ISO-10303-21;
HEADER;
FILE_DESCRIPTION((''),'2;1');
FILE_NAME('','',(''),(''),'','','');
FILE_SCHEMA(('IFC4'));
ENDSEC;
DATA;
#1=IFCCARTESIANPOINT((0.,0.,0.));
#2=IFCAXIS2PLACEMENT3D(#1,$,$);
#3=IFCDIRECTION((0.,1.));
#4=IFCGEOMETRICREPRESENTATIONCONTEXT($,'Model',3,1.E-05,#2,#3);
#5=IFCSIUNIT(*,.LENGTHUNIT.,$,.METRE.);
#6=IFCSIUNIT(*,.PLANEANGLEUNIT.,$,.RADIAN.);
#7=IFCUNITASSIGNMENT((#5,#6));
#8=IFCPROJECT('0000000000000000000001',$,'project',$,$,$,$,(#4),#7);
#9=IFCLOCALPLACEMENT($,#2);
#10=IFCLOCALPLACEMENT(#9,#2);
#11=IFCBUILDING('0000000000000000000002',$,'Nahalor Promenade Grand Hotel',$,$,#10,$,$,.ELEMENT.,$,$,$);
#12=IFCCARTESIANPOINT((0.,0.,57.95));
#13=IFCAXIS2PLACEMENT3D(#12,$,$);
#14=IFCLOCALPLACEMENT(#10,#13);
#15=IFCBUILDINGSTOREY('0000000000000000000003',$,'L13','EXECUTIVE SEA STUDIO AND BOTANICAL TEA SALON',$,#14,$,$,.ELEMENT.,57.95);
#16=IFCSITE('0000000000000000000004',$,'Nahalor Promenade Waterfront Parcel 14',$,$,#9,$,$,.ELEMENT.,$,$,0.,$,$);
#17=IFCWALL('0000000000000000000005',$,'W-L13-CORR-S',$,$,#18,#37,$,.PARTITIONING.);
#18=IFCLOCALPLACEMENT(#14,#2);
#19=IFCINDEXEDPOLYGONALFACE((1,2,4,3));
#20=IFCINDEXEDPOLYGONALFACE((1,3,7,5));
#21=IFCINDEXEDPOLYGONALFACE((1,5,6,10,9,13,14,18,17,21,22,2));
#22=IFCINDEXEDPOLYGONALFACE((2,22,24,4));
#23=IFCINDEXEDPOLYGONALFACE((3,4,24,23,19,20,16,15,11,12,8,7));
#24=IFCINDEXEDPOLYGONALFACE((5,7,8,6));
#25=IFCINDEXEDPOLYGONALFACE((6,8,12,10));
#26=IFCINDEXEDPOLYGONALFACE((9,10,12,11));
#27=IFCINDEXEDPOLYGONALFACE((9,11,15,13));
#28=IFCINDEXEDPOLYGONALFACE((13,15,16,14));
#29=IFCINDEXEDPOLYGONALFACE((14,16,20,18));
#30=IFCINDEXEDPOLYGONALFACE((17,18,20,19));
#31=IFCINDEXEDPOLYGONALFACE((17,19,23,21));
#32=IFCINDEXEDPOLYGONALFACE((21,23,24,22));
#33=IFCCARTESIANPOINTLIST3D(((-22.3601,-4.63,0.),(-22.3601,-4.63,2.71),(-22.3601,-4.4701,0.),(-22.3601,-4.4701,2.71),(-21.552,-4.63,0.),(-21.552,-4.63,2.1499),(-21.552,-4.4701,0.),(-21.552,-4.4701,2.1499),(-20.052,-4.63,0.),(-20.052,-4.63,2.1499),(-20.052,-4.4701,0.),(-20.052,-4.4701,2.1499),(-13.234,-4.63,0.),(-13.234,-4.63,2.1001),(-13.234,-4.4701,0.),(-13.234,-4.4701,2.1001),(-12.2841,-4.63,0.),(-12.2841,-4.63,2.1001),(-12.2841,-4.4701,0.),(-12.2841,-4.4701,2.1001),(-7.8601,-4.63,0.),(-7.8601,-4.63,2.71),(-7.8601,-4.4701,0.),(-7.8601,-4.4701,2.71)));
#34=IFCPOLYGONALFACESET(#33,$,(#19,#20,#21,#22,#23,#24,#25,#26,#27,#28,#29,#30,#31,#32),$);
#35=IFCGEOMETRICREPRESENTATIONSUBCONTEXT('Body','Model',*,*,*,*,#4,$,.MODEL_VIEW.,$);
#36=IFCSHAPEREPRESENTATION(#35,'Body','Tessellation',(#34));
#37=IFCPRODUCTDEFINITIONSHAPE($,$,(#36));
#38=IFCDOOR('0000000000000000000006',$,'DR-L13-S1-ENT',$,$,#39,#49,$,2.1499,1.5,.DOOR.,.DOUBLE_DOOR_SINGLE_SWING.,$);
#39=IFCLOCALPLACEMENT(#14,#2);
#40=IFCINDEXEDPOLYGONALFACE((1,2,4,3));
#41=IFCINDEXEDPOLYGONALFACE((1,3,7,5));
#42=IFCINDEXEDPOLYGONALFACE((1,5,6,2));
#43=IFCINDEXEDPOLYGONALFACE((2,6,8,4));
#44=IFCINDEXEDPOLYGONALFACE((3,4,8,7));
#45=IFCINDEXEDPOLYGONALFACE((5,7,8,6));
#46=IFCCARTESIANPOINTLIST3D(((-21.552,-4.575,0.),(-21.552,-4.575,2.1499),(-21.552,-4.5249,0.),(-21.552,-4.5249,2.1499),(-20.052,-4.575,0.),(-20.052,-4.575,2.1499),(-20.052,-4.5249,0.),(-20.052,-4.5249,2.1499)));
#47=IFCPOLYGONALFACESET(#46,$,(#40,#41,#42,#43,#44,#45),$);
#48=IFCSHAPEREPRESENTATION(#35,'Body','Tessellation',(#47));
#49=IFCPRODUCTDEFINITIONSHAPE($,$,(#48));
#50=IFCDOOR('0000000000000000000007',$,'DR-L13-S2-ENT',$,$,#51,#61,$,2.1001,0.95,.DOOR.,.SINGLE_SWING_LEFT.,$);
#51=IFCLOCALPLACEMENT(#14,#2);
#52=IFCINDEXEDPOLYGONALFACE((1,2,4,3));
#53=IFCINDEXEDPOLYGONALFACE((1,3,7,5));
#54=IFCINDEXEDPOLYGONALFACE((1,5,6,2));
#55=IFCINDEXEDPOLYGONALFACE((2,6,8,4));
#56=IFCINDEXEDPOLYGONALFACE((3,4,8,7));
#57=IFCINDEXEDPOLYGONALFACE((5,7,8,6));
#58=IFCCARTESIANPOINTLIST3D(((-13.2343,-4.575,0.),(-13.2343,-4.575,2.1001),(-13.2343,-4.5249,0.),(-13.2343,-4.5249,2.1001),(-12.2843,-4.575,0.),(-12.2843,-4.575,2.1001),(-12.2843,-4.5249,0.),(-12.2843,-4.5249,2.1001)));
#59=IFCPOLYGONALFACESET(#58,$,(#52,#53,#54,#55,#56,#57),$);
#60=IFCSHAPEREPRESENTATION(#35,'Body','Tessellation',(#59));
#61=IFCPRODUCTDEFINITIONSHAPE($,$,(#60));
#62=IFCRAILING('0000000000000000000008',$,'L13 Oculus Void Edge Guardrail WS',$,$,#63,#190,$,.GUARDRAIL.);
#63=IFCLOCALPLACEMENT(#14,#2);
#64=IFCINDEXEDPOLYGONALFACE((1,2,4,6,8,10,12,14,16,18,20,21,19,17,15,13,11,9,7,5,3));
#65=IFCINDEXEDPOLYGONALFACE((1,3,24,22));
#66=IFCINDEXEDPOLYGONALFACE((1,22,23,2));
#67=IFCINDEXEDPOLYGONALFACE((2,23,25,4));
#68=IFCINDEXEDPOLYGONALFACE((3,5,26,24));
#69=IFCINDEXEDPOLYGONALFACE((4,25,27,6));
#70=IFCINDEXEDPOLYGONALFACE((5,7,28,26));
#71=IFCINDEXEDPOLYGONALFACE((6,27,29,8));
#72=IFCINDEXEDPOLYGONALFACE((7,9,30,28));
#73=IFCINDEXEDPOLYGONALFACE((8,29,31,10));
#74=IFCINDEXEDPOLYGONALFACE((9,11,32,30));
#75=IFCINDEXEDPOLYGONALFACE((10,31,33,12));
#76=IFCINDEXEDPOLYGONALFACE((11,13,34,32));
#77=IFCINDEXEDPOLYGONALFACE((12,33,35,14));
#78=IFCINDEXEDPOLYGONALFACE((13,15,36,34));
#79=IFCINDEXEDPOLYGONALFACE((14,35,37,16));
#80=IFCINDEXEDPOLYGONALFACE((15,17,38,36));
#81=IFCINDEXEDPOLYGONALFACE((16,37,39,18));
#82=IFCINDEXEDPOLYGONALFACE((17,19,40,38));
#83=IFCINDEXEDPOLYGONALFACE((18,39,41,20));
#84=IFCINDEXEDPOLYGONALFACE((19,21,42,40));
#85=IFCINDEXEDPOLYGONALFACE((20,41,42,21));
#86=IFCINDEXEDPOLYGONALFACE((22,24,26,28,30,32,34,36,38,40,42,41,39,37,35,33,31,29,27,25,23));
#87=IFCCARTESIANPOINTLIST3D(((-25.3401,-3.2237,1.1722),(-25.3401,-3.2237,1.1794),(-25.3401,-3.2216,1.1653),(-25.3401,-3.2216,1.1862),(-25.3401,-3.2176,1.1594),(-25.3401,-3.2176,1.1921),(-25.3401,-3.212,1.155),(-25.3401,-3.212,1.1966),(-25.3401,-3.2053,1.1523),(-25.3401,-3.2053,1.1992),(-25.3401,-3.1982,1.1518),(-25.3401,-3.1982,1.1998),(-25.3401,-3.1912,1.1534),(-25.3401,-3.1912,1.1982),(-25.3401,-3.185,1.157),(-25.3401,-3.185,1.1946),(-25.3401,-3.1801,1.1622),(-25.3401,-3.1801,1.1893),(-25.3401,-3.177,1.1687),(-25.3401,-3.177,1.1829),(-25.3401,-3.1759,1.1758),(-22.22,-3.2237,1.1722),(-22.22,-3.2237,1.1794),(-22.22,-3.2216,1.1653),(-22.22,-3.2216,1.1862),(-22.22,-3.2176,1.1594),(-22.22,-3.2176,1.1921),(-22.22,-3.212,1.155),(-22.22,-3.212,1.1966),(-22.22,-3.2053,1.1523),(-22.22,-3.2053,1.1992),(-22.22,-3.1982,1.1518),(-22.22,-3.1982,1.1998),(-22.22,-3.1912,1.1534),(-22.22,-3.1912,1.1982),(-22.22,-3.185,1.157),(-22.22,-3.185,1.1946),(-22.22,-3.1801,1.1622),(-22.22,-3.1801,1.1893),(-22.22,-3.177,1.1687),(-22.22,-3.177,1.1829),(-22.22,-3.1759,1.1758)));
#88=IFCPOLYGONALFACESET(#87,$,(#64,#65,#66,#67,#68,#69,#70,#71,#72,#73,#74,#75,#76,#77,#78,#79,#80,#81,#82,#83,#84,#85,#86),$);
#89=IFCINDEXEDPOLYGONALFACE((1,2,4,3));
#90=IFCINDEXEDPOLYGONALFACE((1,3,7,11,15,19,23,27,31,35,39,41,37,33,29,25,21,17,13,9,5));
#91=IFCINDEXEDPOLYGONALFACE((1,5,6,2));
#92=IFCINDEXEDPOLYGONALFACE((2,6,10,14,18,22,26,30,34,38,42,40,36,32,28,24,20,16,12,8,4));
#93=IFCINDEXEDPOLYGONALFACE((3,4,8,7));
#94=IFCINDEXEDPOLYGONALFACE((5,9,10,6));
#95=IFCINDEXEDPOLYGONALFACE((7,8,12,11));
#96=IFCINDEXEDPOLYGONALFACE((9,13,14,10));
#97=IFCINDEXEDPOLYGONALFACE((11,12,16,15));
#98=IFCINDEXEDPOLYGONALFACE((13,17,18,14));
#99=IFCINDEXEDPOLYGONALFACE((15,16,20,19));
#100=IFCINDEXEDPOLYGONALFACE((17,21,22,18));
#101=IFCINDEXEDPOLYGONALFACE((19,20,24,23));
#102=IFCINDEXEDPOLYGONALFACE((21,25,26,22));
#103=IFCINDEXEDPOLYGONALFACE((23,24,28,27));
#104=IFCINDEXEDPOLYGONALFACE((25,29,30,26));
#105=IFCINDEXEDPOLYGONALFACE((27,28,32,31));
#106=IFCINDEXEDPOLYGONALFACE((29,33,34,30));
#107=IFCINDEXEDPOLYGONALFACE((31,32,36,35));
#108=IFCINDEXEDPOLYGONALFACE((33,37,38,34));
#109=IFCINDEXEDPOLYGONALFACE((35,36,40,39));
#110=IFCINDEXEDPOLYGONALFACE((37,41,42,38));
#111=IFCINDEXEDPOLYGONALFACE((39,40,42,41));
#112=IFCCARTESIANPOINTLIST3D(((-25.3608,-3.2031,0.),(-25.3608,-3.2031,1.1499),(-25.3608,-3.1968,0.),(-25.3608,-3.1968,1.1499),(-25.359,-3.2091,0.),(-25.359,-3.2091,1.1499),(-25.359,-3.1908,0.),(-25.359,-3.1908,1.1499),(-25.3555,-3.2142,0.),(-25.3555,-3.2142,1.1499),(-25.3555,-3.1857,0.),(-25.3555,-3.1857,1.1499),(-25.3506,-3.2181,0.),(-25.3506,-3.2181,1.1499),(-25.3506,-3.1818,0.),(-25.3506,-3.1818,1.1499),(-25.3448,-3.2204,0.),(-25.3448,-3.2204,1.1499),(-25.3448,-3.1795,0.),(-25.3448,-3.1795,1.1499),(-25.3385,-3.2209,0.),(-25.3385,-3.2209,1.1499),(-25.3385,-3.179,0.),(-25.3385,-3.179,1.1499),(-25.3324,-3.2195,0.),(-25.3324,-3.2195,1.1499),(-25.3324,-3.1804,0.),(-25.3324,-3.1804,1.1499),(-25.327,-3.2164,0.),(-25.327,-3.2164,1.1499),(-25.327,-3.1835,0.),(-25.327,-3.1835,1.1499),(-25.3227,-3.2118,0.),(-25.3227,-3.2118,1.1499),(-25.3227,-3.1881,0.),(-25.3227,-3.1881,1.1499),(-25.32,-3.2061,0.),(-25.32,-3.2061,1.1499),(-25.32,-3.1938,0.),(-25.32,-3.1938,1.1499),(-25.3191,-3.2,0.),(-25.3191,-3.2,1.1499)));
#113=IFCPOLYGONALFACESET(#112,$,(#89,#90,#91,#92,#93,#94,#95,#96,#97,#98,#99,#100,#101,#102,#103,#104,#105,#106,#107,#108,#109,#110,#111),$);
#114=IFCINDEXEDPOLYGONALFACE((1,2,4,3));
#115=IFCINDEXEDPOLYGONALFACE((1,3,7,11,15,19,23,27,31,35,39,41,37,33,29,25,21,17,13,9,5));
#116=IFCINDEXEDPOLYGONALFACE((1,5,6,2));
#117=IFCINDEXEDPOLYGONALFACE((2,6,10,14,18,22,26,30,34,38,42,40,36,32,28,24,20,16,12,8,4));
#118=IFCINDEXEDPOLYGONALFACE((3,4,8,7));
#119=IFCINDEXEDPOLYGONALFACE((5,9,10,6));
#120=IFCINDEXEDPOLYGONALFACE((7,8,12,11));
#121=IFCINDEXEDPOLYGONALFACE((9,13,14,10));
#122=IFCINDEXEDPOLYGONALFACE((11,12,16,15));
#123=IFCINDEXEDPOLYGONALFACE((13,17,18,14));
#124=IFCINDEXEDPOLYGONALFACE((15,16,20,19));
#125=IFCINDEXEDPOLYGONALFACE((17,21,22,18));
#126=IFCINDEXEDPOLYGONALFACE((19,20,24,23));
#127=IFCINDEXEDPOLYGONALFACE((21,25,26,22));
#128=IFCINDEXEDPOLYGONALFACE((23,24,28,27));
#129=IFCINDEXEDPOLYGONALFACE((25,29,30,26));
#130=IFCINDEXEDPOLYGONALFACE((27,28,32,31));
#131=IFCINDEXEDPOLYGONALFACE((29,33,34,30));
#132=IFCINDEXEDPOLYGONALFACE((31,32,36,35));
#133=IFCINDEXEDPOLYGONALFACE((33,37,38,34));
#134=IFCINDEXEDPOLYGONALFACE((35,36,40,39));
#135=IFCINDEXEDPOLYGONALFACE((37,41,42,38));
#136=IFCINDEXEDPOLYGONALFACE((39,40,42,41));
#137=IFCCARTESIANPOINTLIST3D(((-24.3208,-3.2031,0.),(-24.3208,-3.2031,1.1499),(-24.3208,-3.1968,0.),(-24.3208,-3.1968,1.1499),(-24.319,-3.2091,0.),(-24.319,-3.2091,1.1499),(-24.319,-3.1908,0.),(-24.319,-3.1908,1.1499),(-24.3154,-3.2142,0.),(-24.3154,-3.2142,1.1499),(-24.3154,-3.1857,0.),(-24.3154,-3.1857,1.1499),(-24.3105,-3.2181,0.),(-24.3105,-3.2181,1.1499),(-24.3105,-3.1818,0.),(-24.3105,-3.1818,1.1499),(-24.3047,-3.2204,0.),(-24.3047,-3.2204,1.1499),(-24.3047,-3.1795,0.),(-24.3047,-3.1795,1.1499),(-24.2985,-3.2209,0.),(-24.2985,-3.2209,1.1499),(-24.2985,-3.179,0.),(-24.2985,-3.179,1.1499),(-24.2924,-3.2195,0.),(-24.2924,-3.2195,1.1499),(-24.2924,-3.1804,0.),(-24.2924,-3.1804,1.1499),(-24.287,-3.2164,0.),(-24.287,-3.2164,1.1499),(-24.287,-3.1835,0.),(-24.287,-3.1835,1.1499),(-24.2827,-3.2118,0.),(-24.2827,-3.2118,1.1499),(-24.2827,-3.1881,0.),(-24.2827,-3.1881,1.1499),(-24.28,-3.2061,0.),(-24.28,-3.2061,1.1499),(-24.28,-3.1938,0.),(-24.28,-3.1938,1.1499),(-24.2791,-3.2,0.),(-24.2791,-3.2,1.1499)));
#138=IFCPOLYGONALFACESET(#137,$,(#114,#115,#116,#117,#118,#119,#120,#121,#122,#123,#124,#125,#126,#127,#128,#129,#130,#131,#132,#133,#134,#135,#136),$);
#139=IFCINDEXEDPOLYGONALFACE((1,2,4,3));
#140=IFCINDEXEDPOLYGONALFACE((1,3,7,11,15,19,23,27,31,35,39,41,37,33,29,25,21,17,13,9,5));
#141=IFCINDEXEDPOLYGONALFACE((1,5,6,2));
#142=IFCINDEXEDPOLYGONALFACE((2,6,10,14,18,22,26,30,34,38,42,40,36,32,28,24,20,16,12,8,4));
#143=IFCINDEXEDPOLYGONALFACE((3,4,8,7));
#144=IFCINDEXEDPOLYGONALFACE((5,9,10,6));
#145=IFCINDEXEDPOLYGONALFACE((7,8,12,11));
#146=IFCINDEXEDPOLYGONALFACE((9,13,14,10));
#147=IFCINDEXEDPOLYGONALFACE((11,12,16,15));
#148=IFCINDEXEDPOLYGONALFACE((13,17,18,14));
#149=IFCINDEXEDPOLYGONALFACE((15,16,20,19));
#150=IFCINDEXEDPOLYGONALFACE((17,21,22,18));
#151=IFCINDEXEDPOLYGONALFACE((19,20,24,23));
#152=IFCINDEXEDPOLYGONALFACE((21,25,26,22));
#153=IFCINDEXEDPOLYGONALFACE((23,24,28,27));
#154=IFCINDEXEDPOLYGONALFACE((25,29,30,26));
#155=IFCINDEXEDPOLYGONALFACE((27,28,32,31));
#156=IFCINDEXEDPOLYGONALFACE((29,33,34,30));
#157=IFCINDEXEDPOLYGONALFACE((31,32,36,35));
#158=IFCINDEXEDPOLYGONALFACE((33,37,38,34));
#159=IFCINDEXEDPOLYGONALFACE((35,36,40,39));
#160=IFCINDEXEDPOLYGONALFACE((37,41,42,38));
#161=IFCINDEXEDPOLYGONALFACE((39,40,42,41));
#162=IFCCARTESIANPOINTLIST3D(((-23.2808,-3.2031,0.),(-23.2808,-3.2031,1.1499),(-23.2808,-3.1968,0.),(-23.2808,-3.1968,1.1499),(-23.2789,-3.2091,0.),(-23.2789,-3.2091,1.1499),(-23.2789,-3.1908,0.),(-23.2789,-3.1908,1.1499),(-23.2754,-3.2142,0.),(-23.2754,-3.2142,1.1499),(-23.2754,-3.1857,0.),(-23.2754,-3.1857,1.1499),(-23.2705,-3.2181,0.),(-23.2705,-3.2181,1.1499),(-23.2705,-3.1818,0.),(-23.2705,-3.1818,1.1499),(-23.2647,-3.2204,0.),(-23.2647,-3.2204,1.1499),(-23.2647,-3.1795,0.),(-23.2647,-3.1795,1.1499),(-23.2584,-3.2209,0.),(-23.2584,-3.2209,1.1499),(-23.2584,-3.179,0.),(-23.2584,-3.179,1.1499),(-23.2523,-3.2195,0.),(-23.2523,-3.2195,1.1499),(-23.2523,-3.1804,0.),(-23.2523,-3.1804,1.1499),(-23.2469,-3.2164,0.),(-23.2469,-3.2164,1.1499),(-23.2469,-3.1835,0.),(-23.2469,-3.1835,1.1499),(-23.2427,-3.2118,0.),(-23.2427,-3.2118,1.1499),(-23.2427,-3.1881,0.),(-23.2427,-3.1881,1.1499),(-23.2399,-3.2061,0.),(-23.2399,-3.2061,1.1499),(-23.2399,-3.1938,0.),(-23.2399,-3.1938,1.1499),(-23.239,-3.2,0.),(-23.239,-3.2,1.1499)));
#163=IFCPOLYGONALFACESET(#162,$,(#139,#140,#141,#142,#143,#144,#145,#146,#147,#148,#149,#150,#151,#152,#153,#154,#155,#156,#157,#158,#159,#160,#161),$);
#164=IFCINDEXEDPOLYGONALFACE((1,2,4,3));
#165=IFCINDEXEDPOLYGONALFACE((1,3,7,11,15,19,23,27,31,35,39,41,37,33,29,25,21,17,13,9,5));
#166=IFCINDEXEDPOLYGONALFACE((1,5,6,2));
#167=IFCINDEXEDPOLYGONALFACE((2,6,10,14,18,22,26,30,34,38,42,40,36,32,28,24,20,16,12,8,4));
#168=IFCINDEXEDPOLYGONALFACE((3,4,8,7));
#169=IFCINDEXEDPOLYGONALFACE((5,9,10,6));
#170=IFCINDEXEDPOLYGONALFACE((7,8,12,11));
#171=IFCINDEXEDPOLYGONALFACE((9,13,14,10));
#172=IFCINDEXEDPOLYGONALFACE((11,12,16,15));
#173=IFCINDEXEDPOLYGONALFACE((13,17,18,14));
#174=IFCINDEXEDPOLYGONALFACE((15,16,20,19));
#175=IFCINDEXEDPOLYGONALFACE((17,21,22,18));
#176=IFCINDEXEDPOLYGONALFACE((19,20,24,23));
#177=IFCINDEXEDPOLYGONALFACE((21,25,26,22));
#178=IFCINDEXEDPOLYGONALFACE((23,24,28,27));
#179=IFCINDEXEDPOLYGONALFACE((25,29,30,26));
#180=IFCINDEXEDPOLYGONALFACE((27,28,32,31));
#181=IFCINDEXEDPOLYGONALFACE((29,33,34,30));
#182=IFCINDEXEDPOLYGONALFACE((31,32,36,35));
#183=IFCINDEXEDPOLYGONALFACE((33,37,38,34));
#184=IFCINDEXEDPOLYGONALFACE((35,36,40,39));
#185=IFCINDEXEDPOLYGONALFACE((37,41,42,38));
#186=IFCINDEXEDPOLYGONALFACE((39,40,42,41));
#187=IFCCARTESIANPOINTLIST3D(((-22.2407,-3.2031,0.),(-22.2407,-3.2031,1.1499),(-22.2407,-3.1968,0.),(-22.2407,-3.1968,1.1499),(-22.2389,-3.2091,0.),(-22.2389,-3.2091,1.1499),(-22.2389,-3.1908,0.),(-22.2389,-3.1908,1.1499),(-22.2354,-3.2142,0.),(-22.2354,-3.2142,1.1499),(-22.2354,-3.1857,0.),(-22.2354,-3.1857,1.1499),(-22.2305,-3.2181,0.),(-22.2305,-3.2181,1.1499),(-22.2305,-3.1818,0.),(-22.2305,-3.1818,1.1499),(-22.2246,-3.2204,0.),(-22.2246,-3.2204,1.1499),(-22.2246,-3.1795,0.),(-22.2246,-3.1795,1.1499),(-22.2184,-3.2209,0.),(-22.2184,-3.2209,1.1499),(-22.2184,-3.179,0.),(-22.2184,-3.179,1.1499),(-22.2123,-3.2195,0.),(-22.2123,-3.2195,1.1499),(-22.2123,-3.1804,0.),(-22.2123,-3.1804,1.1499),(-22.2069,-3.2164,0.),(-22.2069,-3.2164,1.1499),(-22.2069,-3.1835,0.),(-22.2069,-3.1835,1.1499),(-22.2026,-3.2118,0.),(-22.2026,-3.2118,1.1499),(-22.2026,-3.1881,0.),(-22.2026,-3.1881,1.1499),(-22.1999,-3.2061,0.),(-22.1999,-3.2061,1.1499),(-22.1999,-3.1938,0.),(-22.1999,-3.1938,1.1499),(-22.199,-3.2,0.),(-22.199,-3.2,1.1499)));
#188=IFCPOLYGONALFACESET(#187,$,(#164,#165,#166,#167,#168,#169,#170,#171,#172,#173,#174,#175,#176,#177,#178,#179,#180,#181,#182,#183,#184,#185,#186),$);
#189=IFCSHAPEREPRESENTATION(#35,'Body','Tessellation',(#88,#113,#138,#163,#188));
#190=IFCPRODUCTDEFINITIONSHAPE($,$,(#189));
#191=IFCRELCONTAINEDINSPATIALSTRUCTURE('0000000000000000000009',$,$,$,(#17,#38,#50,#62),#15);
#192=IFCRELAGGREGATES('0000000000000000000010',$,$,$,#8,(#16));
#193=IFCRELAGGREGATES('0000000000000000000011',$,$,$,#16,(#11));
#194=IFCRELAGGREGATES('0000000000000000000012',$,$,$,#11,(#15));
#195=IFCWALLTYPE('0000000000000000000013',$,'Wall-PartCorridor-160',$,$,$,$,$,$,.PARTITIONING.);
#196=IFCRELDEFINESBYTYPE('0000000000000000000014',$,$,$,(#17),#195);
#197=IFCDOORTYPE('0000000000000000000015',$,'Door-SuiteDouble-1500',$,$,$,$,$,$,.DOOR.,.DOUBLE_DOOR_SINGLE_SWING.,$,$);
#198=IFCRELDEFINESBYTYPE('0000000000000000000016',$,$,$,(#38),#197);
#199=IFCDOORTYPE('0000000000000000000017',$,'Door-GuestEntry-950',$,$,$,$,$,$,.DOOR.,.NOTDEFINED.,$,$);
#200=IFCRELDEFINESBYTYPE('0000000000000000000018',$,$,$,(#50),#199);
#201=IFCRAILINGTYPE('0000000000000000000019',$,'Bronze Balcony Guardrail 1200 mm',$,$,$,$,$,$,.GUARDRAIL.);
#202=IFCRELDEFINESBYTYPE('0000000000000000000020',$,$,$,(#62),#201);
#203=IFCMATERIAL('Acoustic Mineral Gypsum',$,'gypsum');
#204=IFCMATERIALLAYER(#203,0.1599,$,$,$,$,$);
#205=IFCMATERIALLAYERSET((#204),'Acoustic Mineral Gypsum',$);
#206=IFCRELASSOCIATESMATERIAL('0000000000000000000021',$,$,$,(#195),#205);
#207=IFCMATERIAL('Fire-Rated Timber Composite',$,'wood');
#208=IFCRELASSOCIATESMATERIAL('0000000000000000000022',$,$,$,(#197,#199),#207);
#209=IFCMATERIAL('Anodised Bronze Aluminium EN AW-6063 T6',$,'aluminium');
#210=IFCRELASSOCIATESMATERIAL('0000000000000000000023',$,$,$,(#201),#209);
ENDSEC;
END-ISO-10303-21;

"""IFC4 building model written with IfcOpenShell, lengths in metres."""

from ifc_helpers import new_model, si_unit, direction, frame, frame_2d, origin, origin_2d, place, context, subcontext, project, spatial, rectangle, circle, extrude, source, transform, mapped, material, layer, layer_set, type_object, element, fill, save


model = new_model("IFC4")

# Units and contexts
model_context = context("Model", 3, precision=1e-05, world=origin(), true_north=direction((0.0, 1.0)))
body_context = subcontext(model_context, "Body", "Model", "MODEL_VIEW")
ifc_project = project(units=[si_unit("LENGTHUNIT", "METRE"), si_unit("PLANEANGLEUNIT", "RADIAN")], contexts=[model_context])

# Site, building, storey
site_placement = place(None, origin())
site = spatial("IfcSite", under=ifc_project, at=site_placement, Name="Nahalor Promenade Waterfront Parcel 14", CompositionType="ELEMENT", RefElevation=0.0)
building_placement = place(site_placement, origin())
building = spatial("IfcBuilding", under=site, at=building_placement, Name="Nahalor Promenade Grand Hotel", CompositionType="ELEMENT")
storey_placement = place(building_placement, frame((0.0, 0.0, 57.95)))
storey = spatial("IfcBuildingStorey", under=building, at=storey_placement, Name="L13", Description="EXECUTIVE SEA STUDIO AND BOTANICAL TEA SALON", CompositionType="ELEMENT", Elevation=57.95)

# Shared definitions
ifc_material_1 = material(Name="Anodised Bronze Aluminium EN AW-6063 T6", Category="aluminium")

# Wall, openings, doors
ifc_material_2 = material(Name="Acoustic Mineral Gypsum", Category="gypsum")
ifc_layer_1 = layer(ifc_material_2, 0.1599)
ifc_layer_set_1 = layer_set([ifc_layer_1], Name="Acoustic Mineral Gypsum")
wall_type = type_object("IfcWallType", Name="Wall-PartCorridor-160", PredefinedType="PARTITIONING", material=ifc_layer_set_1)
shared_shape_1 = source(origin(), body_context, "Body", "SweptSolid", [
    extrude(rectangle(XDim=14.5, YDim=0.1599, at=frame_2d((7.25, 0.0))), origin(), (0.0, 0.0, 1.0), 2.71),
])
wall_placement = place(storey_placement, frame((-22.3601, -4.55, 0.0), z_axis=(0.0, 0.0, 1.0), x_axis=(1.0, 0.0, 0.0)))
wall = element("IfcWall", 1, at=wall_placement, inside=storey, type_object=wall_type, Name="W-L13-CORR-S", PredefinedType="PARTITIONING", context=body_context, shape_type="MappedRepresentation", body=[
    mapped(shared_shape_1, transform((0.0, 0.0, 0.0), scale=1.0)),
])
opening_1_placement = place(wall_placement, frame((0.8081, 0.0, 0.0)))
opening_1 = element("IfcOpeningElement", 2, at=opening_1_placement, cuts=wall, PredefinedType="OPENING", context=body_context, shape_type="SweptSolid", body=[
    extrude(rectangle(XDim=1.5, YDim=2.1499, at=frame_2d((0.75, 1.075))), frame((0.0, 0.0898, 0.0), z_axis=(0.0, -1.0, 0.0), x_axis=(1.0, 0.0, 0.0)), (0.0, 0.0, 1.0), 0.1799),
])
opening_2_placement = place(wall_placement, frame((9.126, 0.0, 0.0)))
opening_2 = element("IfcOpeningElement", 3, at=opening_2_placement, cuts=wall, PredefinedType="OPENING", context=body_context, shape_type="SweptSolid", body=[
    extrude(rectangle(XDim=0.95, YDim=2.1001, at=frame_2d((0.4751, 1.05))), frame((0.0, 0.0898, 0.0), z_axis=(0.0, -1.0, 0.0), x_axis=(1.0, 0.0, 0.0)), (0.0, 0.0, 1.0), 0.1799),
])
ifc_material_3 = material(Name="Fire-Rated Timber Composite", Category="wood")
door_type_1 = type_object("IfcDoorType", Name="Door-SuiteDouble-1500", OperationType="DOUBLE_DOOR_SINGLE_SWING", PredefinedType="DOOR", material=ifc_material_3)
shared_shape_2 = source(origin(), body_context, "Body", "SweptSolid", [
    extrude(rectangle(XDim=1.5, YDim=2.1499, at=frame_2d((0.75, 1.075))), frame((0.0, 0.0249, 0.0), z_axis=(0.0, -1.0, 0.0), x_axis=(1.0, 0.0, 0.0)), (0.0, 0.0, 1.0), 0.05),
])
door_1_placement = place(opening_1_placement, frame((1.5, 0.0, 0.0), z_axis=(0.0, 0.0, 1.0), x_axis=(-1.0, 0.0, 0.0)))
door_1 = element("IfcDoor", 4, at=door_1_placement, inside=storey, type_object=door_type_1, Name="DR-L13-S1-ENT", OperationType="DOUBLE_DOOR_SINGLE_SWING", OverallHeight=2.1499, OverallWidth=1.5, PredefinedType="DOOR", context=body_context, shape_type="MappedRepresentation", body=[
    mapped(shared_shape_2, transform((0.0, 0.0, 0.0), scale=1.0)),
])
fill(opening_1, door_1)
door_type_2 = type_object("IfcDoorType", Name="Door-GuestEntry-950", OperationType="NOTDEFINED", PredefinedType="DOOR", material=ifc_material_3)
shared_shape_3 = source(origin(), body_context, "Body", "SweptSolid", [
    extrude(rectangle(XDim=0.95, YDim=2.1001, at=frame_2d((0.4751, 1.05))), frame((0.0, 0.0249, 0.0), z_axis=(0.0, -1.0, 0.0), x_axis=(1.0, 0.0, 0.0)), (0.0, 0.0, 1.0), 0.05),
])
door_2_placement = place(opening_2_placement, frame((0.95, 0.0, 0.0), z_axis=(0.0, 0.0, 1.0), x_axis=(-1.0, 0.0, 0.0)))
door_2 = element("IfcDoor", 5, at=door_2_placement, inside=storey, type_object=door_type_2, Name="DR-L13-S2-ENT", OperationType="SINGLE_SWING_LEFT", OverallHeight=2.1001, OverallWidth=0.95, PredefinedType="DOOR", context=body_context, shape_type="MappedRepresentation", body=[
    mapped(shared_shape_3, transform((0.0, 0.0, 0.0), scale=1.0)),
])
fill(opening_2, door_2)

# Railing
railing_type = type_object("IfcRailingType", Name="Bronze Balcony Guardrail 1200 mm", PredefinedType="GUARDRAIL", material=ifc_material_1)
railing_placement = place(storey_placement, frame((-25.3401, -3.2, 0.0)))
element("IfcRailing", 6, at=railing_placement, inside=storey, type_object=railing_type, Name="L13 Oculus Void Edge Guardrail WS", PredefinedType="GUARDRAIL", context=body_context, shape_type="SweptSolid", body=[
    extrude(circle(Radius=0.024, at=origin_2d()), frame((0.0, 0.0, 1.1758), z_axis=(1.0, 0.0, 0.0), x_axis=(0.0, 1.0, 0.0)), (0.0, 0.0, 1.0), 3.1201),
    extrude(circle(Radius=0.021, at=origin_2d()), origin(), (0.0, 0.0, 1.0), 1.1499),
    extrude(circle(Radius=0.021, at=origin_2d()), frame((1.04, 0.0, 0.0)), (0.0, 0.0, 1.0), 1.1499),
    extrude(circle(Radius=0.021, at=origin_2d()), frame((2.0801, 0.0, 0.0)), (0.0, 0.0, 1.0), 1.1499),
    extrude(circle(Radius=0.021, at=origin_2d()), frame((3.1201, 0.0, 0.0)), (0.0, 0.0, 1.0), 1.1499),
])

save(model, "model.ifc")
